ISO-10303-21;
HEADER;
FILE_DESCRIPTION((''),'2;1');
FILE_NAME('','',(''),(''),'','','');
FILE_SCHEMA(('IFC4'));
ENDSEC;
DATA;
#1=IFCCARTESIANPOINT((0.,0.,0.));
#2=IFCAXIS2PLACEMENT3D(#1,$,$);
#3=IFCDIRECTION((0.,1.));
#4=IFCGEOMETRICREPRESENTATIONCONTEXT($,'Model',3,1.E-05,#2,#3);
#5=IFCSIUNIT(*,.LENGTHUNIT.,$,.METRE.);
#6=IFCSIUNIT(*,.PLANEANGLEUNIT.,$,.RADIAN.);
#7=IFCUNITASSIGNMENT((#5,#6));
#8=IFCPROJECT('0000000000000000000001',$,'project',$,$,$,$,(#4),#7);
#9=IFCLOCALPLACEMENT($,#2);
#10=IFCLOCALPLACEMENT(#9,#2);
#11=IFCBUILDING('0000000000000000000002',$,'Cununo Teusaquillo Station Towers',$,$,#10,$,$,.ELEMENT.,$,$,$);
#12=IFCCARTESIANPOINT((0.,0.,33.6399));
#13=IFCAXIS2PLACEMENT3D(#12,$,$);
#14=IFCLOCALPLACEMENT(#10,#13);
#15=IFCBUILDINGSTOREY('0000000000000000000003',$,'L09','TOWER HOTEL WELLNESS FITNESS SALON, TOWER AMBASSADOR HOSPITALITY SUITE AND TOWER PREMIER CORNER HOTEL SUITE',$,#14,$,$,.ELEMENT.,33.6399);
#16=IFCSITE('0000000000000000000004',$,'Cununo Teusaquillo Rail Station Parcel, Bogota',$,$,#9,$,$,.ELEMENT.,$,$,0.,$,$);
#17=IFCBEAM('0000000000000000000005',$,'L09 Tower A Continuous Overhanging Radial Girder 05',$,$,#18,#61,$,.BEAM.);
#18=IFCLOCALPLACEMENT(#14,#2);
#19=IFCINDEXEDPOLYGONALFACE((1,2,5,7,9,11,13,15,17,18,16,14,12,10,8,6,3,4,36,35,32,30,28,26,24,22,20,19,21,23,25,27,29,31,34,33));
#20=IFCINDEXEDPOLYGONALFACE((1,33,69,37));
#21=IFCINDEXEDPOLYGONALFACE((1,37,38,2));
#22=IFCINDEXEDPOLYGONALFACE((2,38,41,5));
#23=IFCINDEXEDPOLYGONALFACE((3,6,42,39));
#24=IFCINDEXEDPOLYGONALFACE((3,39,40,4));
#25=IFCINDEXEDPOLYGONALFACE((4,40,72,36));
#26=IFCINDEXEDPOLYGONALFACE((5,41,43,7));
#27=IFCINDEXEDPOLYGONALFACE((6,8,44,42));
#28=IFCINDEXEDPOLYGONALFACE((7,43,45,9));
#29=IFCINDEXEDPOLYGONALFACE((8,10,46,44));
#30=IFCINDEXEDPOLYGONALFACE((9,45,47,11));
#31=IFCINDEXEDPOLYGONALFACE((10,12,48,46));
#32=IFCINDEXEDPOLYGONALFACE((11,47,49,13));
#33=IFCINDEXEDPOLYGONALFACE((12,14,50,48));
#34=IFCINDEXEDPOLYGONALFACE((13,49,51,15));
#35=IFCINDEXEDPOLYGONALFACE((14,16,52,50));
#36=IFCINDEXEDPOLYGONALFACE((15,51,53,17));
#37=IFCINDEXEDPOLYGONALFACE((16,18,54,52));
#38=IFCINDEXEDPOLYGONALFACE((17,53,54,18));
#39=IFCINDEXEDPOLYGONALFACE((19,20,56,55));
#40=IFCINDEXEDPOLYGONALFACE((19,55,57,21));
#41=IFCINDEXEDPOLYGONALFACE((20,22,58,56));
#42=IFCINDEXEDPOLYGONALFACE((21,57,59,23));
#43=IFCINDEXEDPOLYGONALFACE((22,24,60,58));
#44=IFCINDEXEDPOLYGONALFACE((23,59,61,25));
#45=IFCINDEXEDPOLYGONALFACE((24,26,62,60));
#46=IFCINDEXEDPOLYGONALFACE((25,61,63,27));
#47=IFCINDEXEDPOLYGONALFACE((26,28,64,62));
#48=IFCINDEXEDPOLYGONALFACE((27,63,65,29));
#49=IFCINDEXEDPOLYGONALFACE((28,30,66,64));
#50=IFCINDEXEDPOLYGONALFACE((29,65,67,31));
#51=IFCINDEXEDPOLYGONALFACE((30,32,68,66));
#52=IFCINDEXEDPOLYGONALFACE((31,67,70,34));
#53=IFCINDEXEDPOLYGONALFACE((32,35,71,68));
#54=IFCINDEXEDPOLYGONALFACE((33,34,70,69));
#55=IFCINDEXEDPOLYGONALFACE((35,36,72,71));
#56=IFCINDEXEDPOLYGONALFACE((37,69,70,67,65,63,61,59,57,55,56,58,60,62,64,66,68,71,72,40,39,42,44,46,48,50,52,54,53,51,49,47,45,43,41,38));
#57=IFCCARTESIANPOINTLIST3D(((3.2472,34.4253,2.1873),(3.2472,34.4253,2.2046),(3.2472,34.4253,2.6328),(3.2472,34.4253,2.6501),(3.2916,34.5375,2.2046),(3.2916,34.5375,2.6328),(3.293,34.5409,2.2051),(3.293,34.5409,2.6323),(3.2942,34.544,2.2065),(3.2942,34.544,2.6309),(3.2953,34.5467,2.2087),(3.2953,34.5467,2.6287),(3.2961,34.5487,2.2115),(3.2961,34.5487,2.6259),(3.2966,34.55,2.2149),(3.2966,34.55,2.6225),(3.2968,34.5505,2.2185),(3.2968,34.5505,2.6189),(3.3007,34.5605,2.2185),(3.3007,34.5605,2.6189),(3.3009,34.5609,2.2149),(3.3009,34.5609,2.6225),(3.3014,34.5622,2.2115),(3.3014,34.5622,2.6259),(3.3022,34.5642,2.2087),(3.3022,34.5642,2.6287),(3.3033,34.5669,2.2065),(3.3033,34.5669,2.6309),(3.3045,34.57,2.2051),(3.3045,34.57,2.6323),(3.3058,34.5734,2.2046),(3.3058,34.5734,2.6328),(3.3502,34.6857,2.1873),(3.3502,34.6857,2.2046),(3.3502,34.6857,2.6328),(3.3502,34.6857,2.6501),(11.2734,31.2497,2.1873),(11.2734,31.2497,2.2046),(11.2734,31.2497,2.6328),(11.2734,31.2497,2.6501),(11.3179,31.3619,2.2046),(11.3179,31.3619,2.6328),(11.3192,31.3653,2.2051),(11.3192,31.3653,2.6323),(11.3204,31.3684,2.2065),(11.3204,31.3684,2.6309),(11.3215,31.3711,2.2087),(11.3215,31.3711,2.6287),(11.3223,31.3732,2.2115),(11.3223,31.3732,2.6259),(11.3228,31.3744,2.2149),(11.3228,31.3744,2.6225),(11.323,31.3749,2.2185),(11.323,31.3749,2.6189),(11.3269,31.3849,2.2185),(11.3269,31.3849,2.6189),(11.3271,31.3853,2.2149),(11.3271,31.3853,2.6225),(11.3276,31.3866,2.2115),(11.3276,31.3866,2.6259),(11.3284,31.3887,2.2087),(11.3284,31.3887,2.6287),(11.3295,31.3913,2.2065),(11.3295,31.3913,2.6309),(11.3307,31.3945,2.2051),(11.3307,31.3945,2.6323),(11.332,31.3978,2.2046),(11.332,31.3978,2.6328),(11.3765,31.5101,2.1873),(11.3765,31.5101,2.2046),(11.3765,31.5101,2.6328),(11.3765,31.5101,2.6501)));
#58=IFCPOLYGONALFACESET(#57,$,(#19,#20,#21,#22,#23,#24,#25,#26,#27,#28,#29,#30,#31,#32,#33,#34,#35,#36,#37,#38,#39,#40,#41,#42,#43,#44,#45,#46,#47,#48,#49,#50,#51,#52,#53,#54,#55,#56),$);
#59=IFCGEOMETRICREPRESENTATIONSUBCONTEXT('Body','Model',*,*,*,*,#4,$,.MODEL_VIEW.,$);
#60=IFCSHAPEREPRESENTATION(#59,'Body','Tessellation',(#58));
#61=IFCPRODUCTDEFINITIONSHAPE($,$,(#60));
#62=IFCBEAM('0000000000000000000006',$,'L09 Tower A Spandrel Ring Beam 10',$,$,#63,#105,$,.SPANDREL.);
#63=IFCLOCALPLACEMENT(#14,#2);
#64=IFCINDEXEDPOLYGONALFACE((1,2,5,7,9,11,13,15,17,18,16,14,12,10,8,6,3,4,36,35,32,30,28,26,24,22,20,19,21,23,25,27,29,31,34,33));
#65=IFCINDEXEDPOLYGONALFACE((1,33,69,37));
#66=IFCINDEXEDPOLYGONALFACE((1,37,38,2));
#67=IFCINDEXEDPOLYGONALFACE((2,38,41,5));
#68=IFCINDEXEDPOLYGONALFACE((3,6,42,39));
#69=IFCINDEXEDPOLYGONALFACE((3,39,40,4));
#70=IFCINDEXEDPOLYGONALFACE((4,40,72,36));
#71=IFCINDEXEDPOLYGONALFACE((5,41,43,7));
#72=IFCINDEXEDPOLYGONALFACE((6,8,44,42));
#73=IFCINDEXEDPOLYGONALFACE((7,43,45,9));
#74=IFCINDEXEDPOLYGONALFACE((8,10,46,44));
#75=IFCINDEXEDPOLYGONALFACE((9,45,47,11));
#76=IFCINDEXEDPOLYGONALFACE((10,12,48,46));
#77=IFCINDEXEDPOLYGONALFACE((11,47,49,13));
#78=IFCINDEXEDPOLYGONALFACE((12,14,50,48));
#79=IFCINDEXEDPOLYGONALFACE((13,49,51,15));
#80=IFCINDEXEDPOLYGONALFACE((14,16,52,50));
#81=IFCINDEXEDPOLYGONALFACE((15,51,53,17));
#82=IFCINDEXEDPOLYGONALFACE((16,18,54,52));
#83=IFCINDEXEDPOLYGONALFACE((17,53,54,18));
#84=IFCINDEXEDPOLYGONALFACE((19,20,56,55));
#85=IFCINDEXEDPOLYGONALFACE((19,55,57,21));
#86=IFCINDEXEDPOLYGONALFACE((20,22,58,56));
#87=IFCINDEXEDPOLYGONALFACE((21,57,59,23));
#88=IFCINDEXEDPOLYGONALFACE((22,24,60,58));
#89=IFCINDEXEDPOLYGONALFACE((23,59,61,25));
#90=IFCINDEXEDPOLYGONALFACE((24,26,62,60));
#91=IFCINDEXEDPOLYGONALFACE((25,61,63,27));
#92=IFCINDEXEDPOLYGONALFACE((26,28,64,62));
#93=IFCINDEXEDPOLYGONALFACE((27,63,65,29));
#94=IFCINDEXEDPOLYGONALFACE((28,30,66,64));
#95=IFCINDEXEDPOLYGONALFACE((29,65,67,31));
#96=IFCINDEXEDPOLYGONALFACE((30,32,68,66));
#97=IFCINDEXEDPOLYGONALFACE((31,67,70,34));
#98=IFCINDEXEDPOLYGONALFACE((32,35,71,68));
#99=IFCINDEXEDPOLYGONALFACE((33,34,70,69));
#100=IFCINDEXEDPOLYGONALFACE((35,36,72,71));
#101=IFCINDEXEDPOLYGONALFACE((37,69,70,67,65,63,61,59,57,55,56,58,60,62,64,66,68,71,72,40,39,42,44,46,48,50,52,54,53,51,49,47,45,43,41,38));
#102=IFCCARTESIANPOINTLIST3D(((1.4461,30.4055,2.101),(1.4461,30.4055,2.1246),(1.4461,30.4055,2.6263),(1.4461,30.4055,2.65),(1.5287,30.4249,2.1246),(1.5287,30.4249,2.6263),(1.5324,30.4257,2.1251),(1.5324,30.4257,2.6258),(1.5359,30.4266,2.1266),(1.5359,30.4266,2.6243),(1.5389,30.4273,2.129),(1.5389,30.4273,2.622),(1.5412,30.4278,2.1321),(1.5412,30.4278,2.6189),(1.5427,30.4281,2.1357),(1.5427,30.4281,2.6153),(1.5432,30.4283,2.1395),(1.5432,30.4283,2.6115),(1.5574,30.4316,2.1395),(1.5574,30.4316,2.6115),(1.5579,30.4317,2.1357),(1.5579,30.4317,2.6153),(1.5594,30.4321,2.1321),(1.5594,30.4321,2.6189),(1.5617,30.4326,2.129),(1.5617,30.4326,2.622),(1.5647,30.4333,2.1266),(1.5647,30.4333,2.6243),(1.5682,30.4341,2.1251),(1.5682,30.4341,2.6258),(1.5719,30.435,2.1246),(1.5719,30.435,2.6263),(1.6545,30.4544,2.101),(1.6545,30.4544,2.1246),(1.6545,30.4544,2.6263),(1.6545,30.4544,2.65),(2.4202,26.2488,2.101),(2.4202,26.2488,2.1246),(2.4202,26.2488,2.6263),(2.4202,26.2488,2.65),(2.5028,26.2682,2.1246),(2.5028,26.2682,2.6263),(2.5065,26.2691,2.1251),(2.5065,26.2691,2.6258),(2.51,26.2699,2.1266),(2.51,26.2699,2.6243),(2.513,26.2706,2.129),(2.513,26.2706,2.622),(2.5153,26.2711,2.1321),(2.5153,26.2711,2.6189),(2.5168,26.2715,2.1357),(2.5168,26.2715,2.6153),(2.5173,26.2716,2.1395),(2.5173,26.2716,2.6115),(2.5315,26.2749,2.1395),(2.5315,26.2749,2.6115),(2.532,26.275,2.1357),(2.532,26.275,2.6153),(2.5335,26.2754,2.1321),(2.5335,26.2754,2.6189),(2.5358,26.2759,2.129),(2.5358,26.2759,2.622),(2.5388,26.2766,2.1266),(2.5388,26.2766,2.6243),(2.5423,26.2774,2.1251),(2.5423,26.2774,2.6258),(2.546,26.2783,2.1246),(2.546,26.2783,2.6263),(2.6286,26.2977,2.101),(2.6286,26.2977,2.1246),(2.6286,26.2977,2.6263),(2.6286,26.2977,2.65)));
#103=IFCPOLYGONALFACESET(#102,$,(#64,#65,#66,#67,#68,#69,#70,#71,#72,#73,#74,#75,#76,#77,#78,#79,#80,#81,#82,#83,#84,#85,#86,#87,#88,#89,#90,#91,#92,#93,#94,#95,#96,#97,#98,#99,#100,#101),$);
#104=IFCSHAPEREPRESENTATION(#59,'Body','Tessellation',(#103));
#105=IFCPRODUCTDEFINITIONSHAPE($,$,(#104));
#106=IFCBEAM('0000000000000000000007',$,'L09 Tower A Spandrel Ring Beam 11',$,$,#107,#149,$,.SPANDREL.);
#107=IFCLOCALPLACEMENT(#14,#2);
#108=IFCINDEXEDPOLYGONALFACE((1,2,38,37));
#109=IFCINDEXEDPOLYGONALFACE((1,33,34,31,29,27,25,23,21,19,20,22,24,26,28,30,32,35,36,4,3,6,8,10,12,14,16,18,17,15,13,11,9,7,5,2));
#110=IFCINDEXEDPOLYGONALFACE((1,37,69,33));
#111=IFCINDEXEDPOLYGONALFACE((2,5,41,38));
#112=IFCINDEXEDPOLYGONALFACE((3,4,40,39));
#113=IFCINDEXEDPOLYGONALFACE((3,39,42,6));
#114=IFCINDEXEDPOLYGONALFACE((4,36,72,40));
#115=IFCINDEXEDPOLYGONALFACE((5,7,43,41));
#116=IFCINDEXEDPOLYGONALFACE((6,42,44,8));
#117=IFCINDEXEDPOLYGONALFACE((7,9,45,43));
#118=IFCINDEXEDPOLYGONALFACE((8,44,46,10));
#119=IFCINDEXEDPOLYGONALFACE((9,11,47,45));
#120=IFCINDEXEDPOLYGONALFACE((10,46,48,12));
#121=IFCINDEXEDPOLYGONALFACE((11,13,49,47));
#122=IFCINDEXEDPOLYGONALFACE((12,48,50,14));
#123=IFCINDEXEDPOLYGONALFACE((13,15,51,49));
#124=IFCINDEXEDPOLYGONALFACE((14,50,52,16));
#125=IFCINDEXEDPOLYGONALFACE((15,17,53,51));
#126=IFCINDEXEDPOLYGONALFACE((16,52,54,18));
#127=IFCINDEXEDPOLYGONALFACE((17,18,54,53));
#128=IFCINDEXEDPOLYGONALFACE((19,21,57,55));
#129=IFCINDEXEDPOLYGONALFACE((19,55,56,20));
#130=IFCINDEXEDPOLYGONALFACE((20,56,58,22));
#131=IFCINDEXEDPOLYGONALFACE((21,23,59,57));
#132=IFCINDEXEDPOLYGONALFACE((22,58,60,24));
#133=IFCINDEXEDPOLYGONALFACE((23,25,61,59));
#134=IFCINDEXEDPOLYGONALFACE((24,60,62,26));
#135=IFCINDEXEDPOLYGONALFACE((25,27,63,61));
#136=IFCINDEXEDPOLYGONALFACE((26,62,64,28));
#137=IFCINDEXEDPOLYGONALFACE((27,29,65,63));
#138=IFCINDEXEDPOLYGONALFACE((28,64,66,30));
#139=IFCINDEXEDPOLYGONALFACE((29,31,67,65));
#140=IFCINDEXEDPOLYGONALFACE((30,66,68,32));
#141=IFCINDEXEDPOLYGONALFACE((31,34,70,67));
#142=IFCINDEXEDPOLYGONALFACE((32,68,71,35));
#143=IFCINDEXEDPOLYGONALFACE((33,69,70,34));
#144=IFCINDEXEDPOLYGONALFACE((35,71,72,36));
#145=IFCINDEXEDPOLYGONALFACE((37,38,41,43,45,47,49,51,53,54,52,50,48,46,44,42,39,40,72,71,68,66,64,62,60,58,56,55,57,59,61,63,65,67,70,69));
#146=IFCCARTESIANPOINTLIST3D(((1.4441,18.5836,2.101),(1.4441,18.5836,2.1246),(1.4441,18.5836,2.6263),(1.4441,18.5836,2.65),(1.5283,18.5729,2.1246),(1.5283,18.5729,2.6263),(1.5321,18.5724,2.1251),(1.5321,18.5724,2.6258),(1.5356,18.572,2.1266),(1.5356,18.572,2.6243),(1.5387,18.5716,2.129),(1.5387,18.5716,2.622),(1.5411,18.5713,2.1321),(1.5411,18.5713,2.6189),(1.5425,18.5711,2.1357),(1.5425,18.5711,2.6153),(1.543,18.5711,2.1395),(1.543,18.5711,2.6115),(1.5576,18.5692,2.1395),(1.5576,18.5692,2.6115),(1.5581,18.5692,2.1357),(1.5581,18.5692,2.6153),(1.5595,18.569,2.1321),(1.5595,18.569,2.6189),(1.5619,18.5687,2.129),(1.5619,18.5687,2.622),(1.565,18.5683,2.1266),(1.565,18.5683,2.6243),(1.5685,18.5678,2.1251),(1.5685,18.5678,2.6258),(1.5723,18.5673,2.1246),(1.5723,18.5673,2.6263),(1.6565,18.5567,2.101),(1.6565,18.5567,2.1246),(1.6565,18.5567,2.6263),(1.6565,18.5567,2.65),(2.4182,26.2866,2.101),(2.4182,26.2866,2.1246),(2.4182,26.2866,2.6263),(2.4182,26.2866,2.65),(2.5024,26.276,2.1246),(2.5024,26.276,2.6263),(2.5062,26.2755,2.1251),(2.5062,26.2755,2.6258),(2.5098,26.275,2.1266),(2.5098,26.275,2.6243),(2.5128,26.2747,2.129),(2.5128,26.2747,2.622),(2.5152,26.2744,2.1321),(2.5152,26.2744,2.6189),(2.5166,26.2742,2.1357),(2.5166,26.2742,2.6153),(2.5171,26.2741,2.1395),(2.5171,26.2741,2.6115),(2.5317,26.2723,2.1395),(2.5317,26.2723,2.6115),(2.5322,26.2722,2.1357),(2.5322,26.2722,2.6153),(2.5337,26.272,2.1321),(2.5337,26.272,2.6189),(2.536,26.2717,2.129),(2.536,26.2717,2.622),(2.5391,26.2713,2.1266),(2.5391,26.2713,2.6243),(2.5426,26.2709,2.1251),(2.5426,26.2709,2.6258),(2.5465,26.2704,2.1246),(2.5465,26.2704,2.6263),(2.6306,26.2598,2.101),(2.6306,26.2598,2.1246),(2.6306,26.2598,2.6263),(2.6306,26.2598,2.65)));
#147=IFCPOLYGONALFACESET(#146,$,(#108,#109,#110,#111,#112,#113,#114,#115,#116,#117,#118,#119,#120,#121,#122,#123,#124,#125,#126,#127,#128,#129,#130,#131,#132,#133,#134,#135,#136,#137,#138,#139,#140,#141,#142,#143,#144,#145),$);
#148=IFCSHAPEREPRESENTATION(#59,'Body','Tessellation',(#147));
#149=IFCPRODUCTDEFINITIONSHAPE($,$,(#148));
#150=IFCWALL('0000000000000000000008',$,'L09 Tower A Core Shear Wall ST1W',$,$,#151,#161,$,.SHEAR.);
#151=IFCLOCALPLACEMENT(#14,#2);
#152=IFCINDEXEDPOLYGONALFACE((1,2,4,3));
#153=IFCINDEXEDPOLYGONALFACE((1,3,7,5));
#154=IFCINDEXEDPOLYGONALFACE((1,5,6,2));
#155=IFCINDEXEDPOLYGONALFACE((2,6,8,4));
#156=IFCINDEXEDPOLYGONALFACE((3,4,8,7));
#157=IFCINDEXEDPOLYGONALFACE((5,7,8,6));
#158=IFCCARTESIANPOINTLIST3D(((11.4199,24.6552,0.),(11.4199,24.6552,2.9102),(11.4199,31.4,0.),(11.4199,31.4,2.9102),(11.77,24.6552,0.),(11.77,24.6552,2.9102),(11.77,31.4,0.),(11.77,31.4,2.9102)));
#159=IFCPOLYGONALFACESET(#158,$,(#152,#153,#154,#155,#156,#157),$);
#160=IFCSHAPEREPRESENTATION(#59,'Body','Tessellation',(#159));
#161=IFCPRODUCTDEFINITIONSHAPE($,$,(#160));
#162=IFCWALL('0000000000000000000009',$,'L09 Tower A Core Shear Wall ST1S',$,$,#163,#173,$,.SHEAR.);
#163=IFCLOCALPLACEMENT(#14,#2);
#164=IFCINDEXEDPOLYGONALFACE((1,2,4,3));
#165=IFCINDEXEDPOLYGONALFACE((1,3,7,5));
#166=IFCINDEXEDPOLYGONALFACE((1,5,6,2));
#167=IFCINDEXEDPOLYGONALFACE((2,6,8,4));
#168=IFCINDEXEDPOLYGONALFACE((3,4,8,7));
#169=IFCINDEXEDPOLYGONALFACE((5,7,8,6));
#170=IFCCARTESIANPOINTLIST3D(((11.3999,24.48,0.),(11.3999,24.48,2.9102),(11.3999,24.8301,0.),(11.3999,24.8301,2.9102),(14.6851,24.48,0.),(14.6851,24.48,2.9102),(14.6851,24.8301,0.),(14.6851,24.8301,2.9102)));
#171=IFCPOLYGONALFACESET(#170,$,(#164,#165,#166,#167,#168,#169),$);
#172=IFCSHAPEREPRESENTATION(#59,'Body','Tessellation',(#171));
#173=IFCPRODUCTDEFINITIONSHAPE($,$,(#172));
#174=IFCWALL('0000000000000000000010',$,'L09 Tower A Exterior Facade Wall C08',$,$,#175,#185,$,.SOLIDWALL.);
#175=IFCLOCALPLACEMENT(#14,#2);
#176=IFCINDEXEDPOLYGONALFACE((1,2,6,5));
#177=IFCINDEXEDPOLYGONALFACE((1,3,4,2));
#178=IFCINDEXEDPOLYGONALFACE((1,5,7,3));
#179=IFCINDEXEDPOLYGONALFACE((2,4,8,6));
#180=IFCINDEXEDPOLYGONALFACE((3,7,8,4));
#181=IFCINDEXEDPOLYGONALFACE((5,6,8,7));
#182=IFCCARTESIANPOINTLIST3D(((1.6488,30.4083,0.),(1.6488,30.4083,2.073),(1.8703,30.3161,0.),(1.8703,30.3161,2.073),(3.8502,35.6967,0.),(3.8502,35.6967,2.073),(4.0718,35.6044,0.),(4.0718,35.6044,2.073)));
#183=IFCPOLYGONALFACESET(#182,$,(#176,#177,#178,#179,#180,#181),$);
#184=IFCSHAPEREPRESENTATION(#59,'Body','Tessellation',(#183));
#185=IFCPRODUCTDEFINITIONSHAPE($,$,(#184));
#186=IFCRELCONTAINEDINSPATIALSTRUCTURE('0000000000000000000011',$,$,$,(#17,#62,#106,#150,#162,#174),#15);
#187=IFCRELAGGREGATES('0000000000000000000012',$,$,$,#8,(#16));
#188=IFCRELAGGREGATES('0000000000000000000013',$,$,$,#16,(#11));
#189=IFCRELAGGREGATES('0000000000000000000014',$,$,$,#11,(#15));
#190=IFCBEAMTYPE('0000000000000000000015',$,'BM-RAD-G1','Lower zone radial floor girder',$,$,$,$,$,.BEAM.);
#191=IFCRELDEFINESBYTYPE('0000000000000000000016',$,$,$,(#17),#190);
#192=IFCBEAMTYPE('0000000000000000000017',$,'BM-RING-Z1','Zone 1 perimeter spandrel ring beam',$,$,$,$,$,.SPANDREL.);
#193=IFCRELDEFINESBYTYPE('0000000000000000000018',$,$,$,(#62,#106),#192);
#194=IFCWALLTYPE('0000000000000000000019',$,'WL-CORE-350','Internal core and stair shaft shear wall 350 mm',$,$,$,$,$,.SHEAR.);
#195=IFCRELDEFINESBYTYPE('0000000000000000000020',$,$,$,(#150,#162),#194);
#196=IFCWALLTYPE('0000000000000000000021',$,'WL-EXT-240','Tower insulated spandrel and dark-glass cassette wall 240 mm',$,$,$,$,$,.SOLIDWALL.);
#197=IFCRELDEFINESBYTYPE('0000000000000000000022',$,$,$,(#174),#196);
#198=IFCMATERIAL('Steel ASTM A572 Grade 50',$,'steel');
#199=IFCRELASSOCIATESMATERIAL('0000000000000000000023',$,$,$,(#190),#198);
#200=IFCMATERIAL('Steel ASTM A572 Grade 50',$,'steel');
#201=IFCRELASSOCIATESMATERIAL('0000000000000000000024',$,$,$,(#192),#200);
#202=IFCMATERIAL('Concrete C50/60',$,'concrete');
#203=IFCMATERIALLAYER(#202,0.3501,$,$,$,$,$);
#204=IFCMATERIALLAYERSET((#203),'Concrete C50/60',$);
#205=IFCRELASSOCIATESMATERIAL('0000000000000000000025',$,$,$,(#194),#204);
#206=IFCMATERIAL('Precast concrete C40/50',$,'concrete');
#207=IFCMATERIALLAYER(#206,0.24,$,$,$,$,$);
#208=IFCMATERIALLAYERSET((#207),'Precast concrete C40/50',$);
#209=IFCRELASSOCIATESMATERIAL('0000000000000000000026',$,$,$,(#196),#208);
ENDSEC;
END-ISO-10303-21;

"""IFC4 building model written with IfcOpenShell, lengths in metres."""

from ifc_helpers import new_model, si_unit, direction, frame, frame_2d, origin, origin_2d, place, context, subcontext, project, spatial, rectangle, i_section, extrude, material, layer, layer_set, material_profile, profile_set, type_object, element, save


model = new_model("IFC4")

# Units and contexts
model_context = context("Model", 3, precision=1e-05, world=origin(), true_north=direction((0.0, 1.0)))
body_context = subcontext(model_context, "Body", "Model", "MODEL_VIEW")
ifc_project = project(units=[si_unit("LENGTHUNIT", "METRE"), si_unit("PLANEANGLEUNIT", "RADIAN")], contexts=[model_context])

# Site, building, storey
site_placement = place(None, origin())
site = spatial("IfcSite", under=ifc_project, at=site_placement, Name="Cununo Teusaquillo Rail Station Parcel, Bogota", CompositionType="ELEMENT", RefElevation=0.0)
building_placement = place(site_placement, origin())
building = spatial("IfcBuilding", under=site, at=building_placement, Name="Cununo Teusaquillo Station Towers", CompositionType="ELEMENT")
storey_placement = place(building_placement, frame((0.0, 0.0, 33.6399)))
storey = spatial("IfcBuildingStorey", under=building, at=storey_placement, Name="L09", Description="TOWER HOTEL WELLNESS FITNESS SALON, TOWER AMBASSADOR HOSPITALITY SUITE AND TOWER PREMIER CORNER HOTEL SUITE", CompositionType="ELEMENT", Elevation=33.6399)

# Beams
ifc_material_1 = material(Name="Steel ASTM A572 Grade 50", Category="steel")
ifc_material_profile_1 = material_profile(ifc_material_1, i_section(OverallWidth=0.28, OverallDepth=0.4629, WebThickness=0.0107, FlangeThickness=0.0173, FilletRadius=0.0139, at=origin_2d()), Name="W18X76")
ifc_profile_set_1 = profile_set([ifc_material_profile_1], Name="Steel ASTM A572 Grade 50")
beam_type_1 = type_object("IfcBeamType", Name="BM-RAD-G1", Description="Lower zone radial floor girder", PredefinedType="BEAM", material=ifc_profile_set_1)
beam_1_placement = place(storey_placement, frame((11.325, 31.3799, 2.4187), z_axis=(-0.929865, 0.367901, 0.0), x_axis=(-0.367901, -0.929865, 0.0)))
element("IfcBeam", 1, at=beam_1_placement, inside=storey, type_object=beam_type_1, Name="L09 Tower A Continuous Overhanging Radial Girder 05", PredefinedType="BEAM", context=body_context, shape_type="SweptSolid", body=[
    extrude(i_section(OverallWidth=0.28, OverallDepth=0.4629, WebThickness=0.0107, FlangeThickness=0.0173, FilletRadius=0.0139, at=origin_2d()), origin(), (0.0, 0.0, 1.0), 8.6316),
])
ifc_material_2 = material(Name="Steel ASTM A572 Grade 50", Category="steel")
ifc_material_profile_2 = material_profile(ifc_material_2, i_section(OverallWidth=0.2141, OverallDepth=0.5491, WebThickness=0.0146, FlangeThickness=0.0237, FilletRadius=0.0149, at=origin_2d()), Name="W21X93")
ifc_profile_set_2 = profile_set([ifc_material_profile_2], Name="Steel ASTM A572 Grade 50")
beam_type_2 = type_object("IfcBeamType", Name="BM-RING-Z1", Description="Zone 1 perimeter spandrel ring beam", PredefinedType="SPANDREL", material=ifc_profile_set_2)
beam_2_placement = place(storey_placement, frame((1.5503, 30.4299, 2.3755), z_axis=(0.228166, -0.973622, 0.0), x_axis=(0.973622, 0.228166, 0.0)))
element("IfcBeam", 2, at=beam_2_placement, inside=storey, type_object=beam_type_2, Name="L09 Tower A Spandrel Ring Beam 10", PredefinedType="SPANDREL", context=body_context, shape_type="SweptSolid", body=[
    extrude(i_section(OverallWidth=0.2141, OverallDepth=0.5491, WebThickness=0.0146, FlangeThickness=0.0237, FilletRadius=0.0149, at=origin_2d()), origin(), (0.0, 0.0, 1.0), 4.2693),
])
beam_3_placement = place(storey_placement, frame((2.5244, 26.2732, 2.3755), z_axis=(-0.125459, -0.992099, 0.0), x_axis=(0.992099, -0.125459, 0.0)))
element("IfcBeam", 3, at=beam_3_placement, inside=storey, type_object=beam_type_2, Name="L09 Tower A Spandrel Ring Beam 11", PredefinedType="SPANDREL", context=body_context, shape_type="SweptSolid", body=[
    extrude(i_section(OverallWidth=0.2141, OverallDepth=0.5491, WebThickness=0.0146, FlangeThickness=0.0237, FilletRadius=0.0149, at=origin_2d()), origin(), (0.0, 0.0, 1.0), 7.7644),
])

# Walls
ifc_material_3 = material(Name="Concrete C50/60", Category="concrete")
ifc_layer_1 = layer(ifc_material_3, 0.3501)
ifc_layer_set_1 = layer_set([ifc_layer_1], Name="Concrete C50/60")
wall_type_1 = type_object("IfcWallType", Name="WL-CORE-350", Description="Internal core and stair shaft shear wall 350 mm", PredefinedType="SHEAR", material=ifc_layer_set_1)
wall_1_placement = place(storey_placement, frame((11.595, 24.655, 0.0), z_axis=(0.0, 0.0, 1.0), x_axis=(0.0, 1.0, 0.0)))
element("IfcWall", 4, at=wall_1_placement, inside=storey, type_object=wall_type_1, Name="L09 Tower A Core Shear Wall ST1W", PredefinedType="SHEAR", context=body_context, shape_type="SweptSolid", body=[
    extrude(rectangle(XDim=6.7449, YDim=0.3501, at=frame_2d((3.3726, 0.0))), origin(), (0.0, 0.0, 1.0), 2.9102),
])
wall_2_placement = place(storey_placement, frame((11.3999, 24.655, 0.0), z_axis=(0.0, 0.0, 1.0), x_axis=(1.0, 0.0, 0.0)))
element("IfcWall", 5, at=wall_2_placement, inside=storey, type_object=wall_type_1, Name="L09 Tower A Core Shear Wall ST1S", PredefinedType="SHEAR", context=body_context, shape_type="SweptSolid", body=[
    extrude(rectangle(XDim=3.2852, YDim=0.3501, at=frame_2d((1.6426, 0.0))), origin(), (0.0, 0.0, 1.0), 2.9102),
])
ifc_material_4 = material(Name="Precast concrete C40/50", Category="concrete")
ifc_layer_2 = layer(ifc_material_4, 0.24)
ifc_layer_set_2 = layer_set([ifc_layer_2], Name="Precast concrete C40/50")
wall_type_2 = type_object("IfcWallType", Name="WL-EXT-240", Description="Tower insulated spandrel and dark-glass cassette wall 240 mm", PredefinedType="SOLIDWALL", material=ifc_layer_set_2)
wall_3_placement = place(storey_placement, frame((1.7595, 30.3621, 0.0), z_axis=(0.0, 0.0, 1.0), x_axis=(0.38431, 0.923204, 0.0)))
element("IfcWall", 6, at=wall_3_placement, inside=storey, type_object=wall_type_2, Name="L09 Tower A Exterior Facade Wall C08", PredefinedType="SOLIDWALL", context=body_context, shape_type="SweptSolid", body=[
    extrude(rectangle(XDim=5.7283, YDim=0.24, at=frame_2d((2.8643, 0.0))), origin(), (0.0, 0.0, 1.0), 2.073),
])

save(model, "model.ifc")
